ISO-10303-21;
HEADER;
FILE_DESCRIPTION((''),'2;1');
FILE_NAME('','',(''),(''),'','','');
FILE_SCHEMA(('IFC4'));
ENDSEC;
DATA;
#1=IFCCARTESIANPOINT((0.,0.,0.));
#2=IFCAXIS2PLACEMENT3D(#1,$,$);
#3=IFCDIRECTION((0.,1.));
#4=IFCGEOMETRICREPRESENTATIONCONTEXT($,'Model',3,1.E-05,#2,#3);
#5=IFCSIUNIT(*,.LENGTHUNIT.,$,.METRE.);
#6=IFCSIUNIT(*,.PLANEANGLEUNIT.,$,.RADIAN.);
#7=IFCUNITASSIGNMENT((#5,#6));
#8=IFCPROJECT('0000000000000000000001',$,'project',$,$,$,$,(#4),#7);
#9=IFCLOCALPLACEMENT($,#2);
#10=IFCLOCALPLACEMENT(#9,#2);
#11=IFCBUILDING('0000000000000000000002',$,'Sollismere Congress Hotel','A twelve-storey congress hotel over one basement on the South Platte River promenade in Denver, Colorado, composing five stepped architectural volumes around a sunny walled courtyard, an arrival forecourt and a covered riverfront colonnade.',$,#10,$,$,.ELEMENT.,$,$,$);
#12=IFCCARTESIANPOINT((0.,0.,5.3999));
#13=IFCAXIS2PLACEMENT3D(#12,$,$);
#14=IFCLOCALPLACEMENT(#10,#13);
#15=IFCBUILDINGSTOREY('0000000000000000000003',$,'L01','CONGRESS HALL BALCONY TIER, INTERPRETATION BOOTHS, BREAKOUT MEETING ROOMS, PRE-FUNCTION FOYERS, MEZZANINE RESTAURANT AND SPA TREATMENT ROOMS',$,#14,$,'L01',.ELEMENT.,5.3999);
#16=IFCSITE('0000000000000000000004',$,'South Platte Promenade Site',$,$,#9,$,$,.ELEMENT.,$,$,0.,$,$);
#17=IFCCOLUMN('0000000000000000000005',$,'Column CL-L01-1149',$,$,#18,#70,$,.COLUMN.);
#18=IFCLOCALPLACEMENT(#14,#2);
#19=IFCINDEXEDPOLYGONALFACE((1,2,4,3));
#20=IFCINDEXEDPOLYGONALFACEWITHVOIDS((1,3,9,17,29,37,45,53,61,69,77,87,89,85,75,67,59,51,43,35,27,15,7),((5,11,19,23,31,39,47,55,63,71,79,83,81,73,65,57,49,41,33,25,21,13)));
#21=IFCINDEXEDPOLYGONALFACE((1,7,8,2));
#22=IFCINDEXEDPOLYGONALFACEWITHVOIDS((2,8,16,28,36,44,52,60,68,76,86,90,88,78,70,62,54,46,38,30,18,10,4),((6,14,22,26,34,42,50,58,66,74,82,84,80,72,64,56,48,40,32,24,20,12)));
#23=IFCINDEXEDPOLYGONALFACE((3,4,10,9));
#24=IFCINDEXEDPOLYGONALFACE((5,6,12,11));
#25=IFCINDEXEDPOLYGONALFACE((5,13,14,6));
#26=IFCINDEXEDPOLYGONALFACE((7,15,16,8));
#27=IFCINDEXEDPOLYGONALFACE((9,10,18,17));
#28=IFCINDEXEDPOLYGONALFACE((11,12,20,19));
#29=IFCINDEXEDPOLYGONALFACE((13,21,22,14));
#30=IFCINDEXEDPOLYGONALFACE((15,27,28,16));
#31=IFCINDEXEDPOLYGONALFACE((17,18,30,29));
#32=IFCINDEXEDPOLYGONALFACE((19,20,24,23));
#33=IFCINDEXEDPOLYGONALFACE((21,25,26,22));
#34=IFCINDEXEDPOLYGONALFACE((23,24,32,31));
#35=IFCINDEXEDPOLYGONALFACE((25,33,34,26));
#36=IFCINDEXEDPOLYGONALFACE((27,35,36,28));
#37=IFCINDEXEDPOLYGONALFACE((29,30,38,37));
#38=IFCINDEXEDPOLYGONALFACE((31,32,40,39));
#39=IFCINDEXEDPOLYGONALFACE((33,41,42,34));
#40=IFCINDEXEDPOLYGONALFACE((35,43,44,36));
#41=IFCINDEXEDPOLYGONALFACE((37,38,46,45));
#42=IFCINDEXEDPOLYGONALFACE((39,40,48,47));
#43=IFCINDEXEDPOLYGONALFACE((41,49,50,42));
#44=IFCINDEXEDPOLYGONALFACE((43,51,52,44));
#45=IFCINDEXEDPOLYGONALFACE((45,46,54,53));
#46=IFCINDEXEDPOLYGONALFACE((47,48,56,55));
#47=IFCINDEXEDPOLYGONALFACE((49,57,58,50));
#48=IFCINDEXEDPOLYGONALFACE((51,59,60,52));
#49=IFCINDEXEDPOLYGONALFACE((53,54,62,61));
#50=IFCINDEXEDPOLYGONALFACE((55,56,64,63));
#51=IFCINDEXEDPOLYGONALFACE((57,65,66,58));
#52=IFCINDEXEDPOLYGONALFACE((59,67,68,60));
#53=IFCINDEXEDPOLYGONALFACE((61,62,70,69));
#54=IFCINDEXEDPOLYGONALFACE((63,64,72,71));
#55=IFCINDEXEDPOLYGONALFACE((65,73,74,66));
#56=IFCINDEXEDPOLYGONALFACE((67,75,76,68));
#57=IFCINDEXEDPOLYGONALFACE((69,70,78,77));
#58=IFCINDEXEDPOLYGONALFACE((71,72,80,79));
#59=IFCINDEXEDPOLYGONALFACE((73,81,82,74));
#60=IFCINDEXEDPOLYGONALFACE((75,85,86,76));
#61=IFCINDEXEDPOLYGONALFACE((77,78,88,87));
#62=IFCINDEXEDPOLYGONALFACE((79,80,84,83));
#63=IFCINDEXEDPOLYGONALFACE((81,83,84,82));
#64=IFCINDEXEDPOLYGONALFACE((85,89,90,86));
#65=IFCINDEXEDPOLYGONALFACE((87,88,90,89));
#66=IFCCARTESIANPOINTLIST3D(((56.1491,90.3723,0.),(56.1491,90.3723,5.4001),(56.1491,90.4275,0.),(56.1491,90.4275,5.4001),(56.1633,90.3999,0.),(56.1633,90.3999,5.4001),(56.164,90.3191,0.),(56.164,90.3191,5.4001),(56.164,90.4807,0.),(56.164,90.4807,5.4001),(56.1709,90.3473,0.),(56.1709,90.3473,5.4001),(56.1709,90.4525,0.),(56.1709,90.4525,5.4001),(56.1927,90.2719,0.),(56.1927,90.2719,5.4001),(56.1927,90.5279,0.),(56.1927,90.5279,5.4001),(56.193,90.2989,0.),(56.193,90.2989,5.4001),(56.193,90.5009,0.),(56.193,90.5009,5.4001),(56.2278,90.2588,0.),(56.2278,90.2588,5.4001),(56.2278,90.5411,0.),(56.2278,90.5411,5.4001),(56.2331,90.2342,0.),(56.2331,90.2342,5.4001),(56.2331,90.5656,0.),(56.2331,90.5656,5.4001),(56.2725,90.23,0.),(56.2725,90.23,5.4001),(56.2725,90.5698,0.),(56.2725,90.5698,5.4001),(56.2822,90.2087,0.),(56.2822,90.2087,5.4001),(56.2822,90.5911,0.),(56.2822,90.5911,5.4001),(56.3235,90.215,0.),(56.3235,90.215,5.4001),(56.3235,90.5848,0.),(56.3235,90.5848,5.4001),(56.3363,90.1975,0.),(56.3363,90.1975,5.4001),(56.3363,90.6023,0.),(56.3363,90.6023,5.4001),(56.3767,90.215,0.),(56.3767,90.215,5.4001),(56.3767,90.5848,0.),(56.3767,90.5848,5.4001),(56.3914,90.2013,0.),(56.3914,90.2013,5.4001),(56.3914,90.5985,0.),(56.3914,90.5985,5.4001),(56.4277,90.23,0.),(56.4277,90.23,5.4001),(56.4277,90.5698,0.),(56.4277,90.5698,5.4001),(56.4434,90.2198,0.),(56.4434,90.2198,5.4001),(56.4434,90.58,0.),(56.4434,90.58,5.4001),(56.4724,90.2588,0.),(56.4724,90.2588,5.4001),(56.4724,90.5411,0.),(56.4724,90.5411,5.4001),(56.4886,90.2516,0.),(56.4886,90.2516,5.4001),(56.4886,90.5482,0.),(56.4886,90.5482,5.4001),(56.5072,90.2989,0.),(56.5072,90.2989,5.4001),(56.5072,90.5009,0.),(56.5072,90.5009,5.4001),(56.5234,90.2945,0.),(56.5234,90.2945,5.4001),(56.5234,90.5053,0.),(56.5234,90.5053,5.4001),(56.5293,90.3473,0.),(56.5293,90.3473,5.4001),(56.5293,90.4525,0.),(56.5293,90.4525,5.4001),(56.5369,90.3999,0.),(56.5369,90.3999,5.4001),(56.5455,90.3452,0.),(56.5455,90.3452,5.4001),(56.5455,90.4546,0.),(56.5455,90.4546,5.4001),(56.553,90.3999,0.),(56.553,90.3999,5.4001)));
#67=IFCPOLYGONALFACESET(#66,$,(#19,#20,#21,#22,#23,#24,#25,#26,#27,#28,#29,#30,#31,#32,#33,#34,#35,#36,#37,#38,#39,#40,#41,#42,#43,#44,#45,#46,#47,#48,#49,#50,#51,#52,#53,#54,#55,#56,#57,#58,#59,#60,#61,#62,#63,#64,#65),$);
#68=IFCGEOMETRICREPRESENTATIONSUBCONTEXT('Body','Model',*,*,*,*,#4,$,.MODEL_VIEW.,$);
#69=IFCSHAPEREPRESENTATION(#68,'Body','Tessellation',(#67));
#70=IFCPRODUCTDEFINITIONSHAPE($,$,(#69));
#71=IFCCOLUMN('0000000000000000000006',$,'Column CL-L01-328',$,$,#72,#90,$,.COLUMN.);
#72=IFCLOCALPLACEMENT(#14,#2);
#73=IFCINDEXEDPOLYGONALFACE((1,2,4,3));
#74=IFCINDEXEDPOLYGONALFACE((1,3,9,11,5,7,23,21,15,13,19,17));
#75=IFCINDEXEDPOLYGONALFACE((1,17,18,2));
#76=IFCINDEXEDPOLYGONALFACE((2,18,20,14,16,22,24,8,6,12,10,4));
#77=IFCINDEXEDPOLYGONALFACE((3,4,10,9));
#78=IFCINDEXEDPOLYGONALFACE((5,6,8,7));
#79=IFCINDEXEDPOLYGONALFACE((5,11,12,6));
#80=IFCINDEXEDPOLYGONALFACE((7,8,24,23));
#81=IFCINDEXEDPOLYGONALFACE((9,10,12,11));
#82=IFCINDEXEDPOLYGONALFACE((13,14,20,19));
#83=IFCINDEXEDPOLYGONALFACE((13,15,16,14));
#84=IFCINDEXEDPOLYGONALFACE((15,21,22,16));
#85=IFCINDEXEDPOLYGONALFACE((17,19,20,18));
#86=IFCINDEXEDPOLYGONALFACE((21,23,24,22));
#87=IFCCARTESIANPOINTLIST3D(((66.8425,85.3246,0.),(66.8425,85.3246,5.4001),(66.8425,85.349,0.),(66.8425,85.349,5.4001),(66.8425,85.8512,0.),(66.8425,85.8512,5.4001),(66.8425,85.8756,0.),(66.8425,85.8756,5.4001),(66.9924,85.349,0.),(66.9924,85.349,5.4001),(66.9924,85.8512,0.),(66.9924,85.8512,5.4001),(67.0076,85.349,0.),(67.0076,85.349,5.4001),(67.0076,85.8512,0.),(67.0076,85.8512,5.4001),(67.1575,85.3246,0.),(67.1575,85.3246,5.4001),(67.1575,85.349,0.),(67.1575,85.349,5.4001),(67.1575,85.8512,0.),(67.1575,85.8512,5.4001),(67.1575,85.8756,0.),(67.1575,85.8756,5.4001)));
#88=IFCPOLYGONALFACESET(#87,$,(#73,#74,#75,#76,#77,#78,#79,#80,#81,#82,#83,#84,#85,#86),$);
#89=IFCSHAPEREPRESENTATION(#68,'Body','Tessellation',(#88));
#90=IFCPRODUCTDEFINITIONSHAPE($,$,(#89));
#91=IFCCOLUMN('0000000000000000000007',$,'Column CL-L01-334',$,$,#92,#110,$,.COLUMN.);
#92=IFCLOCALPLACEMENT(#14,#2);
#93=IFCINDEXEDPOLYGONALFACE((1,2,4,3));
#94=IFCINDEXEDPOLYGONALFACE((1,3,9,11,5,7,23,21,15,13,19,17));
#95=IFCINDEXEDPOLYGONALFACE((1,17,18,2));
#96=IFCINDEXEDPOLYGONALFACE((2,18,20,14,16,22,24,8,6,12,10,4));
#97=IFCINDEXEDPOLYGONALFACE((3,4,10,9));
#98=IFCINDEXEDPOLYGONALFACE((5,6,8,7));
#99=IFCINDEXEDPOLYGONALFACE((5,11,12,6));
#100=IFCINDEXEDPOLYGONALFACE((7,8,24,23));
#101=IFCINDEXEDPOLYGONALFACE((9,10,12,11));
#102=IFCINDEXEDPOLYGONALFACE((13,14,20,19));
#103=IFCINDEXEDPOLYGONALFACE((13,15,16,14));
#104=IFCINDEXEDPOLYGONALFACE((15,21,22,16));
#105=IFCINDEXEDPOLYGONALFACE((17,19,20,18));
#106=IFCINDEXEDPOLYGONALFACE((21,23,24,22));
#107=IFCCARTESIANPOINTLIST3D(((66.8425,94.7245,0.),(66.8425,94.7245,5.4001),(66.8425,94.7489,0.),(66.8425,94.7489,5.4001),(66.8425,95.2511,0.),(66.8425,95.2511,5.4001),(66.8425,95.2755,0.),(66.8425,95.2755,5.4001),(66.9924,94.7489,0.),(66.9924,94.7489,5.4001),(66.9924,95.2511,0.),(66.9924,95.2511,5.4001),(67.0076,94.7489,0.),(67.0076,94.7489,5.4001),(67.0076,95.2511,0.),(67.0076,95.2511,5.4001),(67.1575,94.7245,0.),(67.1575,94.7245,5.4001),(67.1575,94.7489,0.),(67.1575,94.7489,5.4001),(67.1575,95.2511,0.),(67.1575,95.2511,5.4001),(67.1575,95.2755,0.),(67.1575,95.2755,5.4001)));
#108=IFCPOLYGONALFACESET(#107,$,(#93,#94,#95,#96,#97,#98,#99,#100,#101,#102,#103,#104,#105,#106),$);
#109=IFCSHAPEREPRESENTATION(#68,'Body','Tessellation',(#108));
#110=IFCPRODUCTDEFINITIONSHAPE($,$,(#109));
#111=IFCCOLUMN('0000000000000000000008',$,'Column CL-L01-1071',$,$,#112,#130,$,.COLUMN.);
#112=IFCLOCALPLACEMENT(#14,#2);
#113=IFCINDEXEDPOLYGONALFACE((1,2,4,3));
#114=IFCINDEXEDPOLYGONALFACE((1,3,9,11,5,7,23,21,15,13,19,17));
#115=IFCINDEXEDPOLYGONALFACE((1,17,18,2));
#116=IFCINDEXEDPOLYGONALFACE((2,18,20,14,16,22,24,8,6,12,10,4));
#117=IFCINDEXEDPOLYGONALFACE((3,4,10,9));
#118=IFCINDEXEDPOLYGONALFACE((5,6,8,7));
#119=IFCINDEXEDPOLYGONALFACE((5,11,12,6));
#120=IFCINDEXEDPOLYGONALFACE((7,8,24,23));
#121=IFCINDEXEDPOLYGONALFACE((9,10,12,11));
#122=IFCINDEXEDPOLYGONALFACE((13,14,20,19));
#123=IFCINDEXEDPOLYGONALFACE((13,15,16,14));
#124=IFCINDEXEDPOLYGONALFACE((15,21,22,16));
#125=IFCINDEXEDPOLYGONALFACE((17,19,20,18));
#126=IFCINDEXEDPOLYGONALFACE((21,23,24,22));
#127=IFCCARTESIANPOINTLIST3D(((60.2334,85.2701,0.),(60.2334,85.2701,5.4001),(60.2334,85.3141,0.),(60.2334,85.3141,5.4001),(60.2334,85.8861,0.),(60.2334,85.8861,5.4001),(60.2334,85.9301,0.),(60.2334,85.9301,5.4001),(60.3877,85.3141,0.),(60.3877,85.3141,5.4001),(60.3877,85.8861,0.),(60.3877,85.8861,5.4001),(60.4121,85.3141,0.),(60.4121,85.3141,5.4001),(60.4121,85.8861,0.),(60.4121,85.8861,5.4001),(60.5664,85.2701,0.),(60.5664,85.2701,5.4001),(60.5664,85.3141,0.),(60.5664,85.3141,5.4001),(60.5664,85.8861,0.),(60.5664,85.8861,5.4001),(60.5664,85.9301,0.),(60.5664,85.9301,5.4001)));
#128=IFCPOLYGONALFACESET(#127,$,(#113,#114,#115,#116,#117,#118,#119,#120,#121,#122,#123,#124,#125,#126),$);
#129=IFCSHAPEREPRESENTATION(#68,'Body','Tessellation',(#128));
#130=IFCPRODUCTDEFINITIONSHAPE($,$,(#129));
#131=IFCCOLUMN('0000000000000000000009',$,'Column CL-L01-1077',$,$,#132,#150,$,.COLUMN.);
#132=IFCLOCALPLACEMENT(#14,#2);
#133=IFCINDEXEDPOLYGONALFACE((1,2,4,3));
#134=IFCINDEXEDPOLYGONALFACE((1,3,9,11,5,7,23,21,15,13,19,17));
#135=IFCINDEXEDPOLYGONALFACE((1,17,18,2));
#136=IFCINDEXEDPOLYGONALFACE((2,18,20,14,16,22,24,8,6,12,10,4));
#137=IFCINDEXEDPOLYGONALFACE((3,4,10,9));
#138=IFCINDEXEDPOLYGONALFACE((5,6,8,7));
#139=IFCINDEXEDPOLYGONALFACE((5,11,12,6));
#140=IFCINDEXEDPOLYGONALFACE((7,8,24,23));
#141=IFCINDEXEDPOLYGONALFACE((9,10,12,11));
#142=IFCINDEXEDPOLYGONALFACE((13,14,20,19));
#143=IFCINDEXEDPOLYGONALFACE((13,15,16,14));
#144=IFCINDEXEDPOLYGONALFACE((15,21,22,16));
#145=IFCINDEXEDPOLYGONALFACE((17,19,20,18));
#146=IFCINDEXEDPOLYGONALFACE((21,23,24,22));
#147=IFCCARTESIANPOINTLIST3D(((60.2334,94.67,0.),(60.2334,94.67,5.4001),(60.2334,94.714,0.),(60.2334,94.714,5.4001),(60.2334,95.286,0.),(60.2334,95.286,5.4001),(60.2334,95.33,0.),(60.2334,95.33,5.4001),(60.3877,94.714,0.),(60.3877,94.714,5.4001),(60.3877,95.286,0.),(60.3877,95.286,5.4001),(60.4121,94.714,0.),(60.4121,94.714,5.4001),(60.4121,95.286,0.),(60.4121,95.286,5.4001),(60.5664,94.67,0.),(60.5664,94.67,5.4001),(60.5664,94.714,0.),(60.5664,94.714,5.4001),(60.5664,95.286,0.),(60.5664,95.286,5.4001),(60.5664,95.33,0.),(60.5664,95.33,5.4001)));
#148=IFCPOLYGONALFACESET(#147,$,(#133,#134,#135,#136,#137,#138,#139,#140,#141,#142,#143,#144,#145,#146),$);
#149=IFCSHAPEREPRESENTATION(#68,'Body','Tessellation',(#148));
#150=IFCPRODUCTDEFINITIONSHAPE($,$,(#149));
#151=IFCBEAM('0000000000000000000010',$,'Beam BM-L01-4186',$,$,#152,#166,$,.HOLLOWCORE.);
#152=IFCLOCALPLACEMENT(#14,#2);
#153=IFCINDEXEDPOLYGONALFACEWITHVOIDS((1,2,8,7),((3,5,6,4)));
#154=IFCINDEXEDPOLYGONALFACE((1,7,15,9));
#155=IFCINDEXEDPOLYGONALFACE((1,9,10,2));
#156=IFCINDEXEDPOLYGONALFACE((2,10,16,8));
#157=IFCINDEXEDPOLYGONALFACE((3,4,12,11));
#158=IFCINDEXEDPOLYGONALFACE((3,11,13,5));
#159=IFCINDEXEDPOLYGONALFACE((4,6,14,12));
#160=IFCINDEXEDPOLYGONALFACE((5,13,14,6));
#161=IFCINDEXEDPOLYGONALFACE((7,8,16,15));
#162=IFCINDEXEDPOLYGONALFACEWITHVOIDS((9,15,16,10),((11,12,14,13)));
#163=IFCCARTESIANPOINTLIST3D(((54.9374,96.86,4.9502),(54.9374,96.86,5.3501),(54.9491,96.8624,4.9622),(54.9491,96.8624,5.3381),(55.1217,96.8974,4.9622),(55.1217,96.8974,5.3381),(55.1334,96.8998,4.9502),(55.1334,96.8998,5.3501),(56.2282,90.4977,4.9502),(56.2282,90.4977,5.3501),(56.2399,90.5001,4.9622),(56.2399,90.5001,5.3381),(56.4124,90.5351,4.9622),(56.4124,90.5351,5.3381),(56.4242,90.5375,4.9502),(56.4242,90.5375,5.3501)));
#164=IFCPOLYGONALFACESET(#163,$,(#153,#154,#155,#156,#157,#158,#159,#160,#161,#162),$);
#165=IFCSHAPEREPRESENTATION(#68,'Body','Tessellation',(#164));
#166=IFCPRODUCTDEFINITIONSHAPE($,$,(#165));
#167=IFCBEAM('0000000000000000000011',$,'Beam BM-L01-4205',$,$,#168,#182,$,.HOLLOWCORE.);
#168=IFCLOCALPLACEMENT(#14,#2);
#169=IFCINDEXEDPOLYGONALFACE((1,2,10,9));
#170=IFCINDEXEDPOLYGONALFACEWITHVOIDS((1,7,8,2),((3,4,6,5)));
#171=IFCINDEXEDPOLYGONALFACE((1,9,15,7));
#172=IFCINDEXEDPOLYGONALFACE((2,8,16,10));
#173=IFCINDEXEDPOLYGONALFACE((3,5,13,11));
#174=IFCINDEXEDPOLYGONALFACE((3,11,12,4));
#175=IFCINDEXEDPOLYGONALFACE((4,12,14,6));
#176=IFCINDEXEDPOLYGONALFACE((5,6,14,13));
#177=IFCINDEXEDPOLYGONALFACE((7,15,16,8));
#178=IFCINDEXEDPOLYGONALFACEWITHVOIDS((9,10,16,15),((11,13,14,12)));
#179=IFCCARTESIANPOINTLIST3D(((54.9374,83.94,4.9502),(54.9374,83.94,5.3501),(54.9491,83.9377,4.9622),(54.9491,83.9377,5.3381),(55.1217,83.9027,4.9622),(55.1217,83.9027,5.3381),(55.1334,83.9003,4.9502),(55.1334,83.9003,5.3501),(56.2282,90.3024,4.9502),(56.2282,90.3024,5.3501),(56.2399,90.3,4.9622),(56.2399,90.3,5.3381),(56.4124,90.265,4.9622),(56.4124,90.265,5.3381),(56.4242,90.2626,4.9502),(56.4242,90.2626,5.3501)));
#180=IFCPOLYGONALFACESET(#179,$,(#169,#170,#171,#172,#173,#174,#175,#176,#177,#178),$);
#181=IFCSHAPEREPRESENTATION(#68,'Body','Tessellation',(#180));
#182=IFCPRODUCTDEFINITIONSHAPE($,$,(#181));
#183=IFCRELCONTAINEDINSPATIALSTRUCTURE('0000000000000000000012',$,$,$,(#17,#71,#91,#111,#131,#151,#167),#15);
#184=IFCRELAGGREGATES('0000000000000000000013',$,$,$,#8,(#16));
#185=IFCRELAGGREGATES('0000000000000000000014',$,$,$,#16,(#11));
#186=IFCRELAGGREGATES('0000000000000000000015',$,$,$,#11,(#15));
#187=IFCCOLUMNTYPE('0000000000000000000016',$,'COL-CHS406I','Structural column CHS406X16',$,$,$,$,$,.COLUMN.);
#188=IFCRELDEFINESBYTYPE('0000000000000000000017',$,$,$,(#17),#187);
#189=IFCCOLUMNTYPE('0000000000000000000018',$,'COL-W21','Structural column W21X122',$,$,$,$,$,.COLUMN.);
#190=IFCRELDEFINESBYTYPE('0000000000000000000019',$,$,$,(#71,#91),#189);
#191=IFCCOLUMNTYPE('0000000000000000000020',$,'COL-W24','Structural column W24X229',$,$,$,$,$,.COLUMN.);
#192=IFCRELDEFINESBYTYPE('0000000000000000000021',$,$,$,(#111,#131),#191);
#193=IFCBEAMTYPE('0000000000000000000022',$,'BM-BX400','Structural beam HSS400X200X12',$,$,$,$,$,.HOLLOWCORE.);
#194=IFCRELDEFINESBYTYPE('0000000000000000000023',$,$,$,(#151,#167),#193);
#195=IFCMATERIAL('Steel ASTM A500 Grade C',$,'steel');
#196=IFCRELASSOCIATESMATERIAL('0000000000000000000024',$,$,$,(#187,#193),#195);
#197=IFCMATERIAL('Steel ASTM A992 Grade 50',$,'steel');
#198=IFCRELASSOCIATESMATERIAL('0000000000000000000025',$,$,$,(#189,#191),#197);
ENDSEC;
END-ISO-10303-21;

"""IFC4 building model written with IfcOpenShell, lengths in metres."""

from ifc_helpers import new_model, si_unit, direction, frame, origin, origin_2d, place, context, subcontext, project, spatial, hollow_rectangle, hollow_circle, i_section, extrude, material, material_profile, profile_set, type_object, element, save


model = new_model("IFC4")

# Units and contexts
model_context = context("Model", 3, precision=1e-05, world=origin(), true_north=direction((0.0, 1.0)))
body_context = subcontext(model_context, "Body", "Model", "MODEL_VIEW")
ifc_project = project(units=[si_unit("LENGTHUNIT", "METRE"), si_unit("PLANEANGLEUNIT", "RADIAN")], contexts=[model_context])

# Site, building, storey
site_placement = place(None, origin())
site = spatial("IfcSite", under=ifc_project, at=site_placement, Name="South Platte Promenade Site", CompositionType="ELEMENT", RefElevation=0.0)
building_placement = place(site_placement, origin())
building = spatial("IfcBuilding", under=site, at=building_placement, Name="Sollismere Congress Hotel", Description="A twelve-storey congress hotel over one basement on the South Platte River promenade in Denver, Colorado, composing five stepped architectural volumes around a sunny walled courtyard, an arrival forecourt and a covered riverfront colonnade.", CompositionType="ELEMENT")
storey_placement = place(building_placement, frame((0.0, 0.0, 5.3999)))
storey = spatial("IfcBuildingStorey", under=building, at=storey_placement, Name="L01", Description="CONGRESS HALL BALCONY TIER, INTERPRETATION BOOTHS, BREAKOUT MEETING ROOMS, PRE-FUNCTION FOYERS, MEZZANINE RESTAURANT AND SPA TREATMENT ROOMS", LongName="L01", CompositionType="ELEMENT", Elevation=5.3999)

# Columns
ifc_material_1 = material(Name="Steel ASTM A500 Grade C", Category="steel")
ifc_material_profile_1 = material_profile(ifc_material_1, hollow_circle(Radius=0.2029, WallThickness=0.0161, at=origin_2d()), Name="CHS406X16")
ifc_profile_set_1 = profile_set([ifc_material_profile_1], Name="Steel ASTM A500 Grade C")
column_type_1 = type_object("IfcColumnType", Name="COL-CHS406I", Description="Structural column CHS406X16", PredefinedType="COLUMN", material=ifc_profile_set_1)
column_placement = place(storey_placement, frame((56.3501, 90.3999, 0.0), z_axis=(0.0, 0.0, 1.0), x_axis=(1.0, 0.0, 0.0)))
element("IfcColumn", 1, at=column_placement, inside=storey, type_object=column_type_1, Name="Column CL-L01-1149", PredefinedType="COLUMN", context=body_context, shape_type="SweptSolid", body=[
    extrude(hollow_circle(Radius=0.2029, WallThickness=0.0161, at=origin_2d()), origin(), (0.0, 0.0, 1.0), 5.4001),
])
ifc_material_2 = material(Name="Steel ASTM A992 Grade 50", Category="steel")
ifc_material_profile_2 = material_profile(ifc_material_2, i_section(OverallWidth=0.3149, OverallDepth=0.551, WebThickness=0.0151, FlangeThickness=0.0244, at=origin_2d()), Name="W21X122")
ifc_profile_set_2 = profile_set([ifc_material_profile_2], Name="Steel ASTM A992 Grade 50")
column_type_2 = type_object("IfcColumnType", Name="COL-W21", Description="Structural column W21X122", PredefinedType="COLUMN", material=ifc_profile_set_2)
for number, where, z_axis, x_axis, name in (
    (2, (67.0, 85.6001, 0.0), (0.0, 0.0, 1.0), (1.0, 0.0, 0.0), "Column CL-L01-328"),
    (3, (67.0, 95.0, 0.0), (0.0, 0.0, 1.0), (1.0, 0.0, 0.0), "Column CL-L01-334"),
):
    element("IfcColumn", number, at=place(storey_placement, frame(where, z_axis=z_axis, x_axis=x_axis)), inside=storey, type_object=column_type_2, Name=name, PredefinedType="COLUMN", context=body_context, shape_type="SweptSolid", body=[
        extrude(i_section(OverallWidth=0.3149, OverallDepth=0.551, WebThickness=0.0151, FlangeThickness=0.0244, at=origin_2d()), origin(), (0.0, 0.0, 1.0), 5.4001),
    ])
ifc_material_profile_3 = material_profile(ifc_material_2, i_section(OverallWidth=0.333, OverallDepth=0.6599, WebThickness=0.0244, FlangeThickness=0.0439, at=origin_2d()), Name="W24X229")
ifc_profile_set_3 = profile_set([ifc_material_profile_3], Name="Steel ASTM A992 Grade 50")
column_type_3 = type_object("IfcColumnType", Name="COL-W24", Description="Structural column W24X229", PredefinedType="COLUMN", material=ifc_profile_set_3)
for number, where, z_axis, x_axis, name in (
    (4, (60.3999, 85.6001, 0.0), (0.0, 0.0, 1.0), (1.0, 0.0, 0.0), "Column CL-L01-1071"),
    (5, (60.3999, 95.0, 0.0), (0.0, 0.0, 1.0), (1.0, 0.0, 0.0), "Column CL-L01-1077"),
):
    element("IfcColumn", number, at=place(storey_placement, frame(where, z_axis=z_axis, x_axis=x_axis)), inside=storey, type_object=column_type_3, Name=name, PredefinedType="COLUMN", context=body_context, shape_type="SweptSolid", body=[
        extrude(i_section(OverallWidth=0.333, OverallDepth=0.6599, WebThickness=0.0244, FlangeThickness=0.0439, at=origin_2d()), origin(), (0.0, 0.0, 1.0), 5.4001),
    ])

# Beams
ifc_material_profile_4 = material_profile(ifc_material_1, hollow_rectangle(XDim=0.2, YDim=0.3999, WallThickness=0.012, at=origin_2d()), Name="HSS400X200X12")
ifc_profile_set_4 = profile_set([ifc_material_profile_4], Name="Steel ASTM A500 Grade C")
beam_type_1 = type_object("IfcBeamType", Name="BM-BX400", Description="Structural beam HSS400X200X12", PredefinedType="HOLLOWCORE", material=ifc_profile_set_4)
for number, where, z_axis, x_axis, name in (
    (6, (56.3262, 90.5176, 5.1501), (-0.198827, 0.980035, 0.0), (-0.980035, -0.198827, 0.0), "Beam BM-L01-4186"),
    (7, (55.0354, 83.9202, 5.1501), (0.198827, 0.980035, 0.0), (-0.980035, 0.198827, 0.0), "Beam BM-L01-4205"),
):
    element("IfcBeam", number, at=place(storey_placement, frame(where, z_axis=z_axis, x_axis=x_axis)), inside=storey, type_object=beam_type_1, Name=name, PredefinedType="HOLLOWCORE", context=body_context, shape_type="SweptSolid", body=[
        extrude(hollow_rectangle(XDim=0.2, YDim=0.3999, WallThickness=0.012, at=origin_2d()), origin(), (0.0, 0.0, 1.0), 6.4919),
    ])

save(model, "model.ifc")
